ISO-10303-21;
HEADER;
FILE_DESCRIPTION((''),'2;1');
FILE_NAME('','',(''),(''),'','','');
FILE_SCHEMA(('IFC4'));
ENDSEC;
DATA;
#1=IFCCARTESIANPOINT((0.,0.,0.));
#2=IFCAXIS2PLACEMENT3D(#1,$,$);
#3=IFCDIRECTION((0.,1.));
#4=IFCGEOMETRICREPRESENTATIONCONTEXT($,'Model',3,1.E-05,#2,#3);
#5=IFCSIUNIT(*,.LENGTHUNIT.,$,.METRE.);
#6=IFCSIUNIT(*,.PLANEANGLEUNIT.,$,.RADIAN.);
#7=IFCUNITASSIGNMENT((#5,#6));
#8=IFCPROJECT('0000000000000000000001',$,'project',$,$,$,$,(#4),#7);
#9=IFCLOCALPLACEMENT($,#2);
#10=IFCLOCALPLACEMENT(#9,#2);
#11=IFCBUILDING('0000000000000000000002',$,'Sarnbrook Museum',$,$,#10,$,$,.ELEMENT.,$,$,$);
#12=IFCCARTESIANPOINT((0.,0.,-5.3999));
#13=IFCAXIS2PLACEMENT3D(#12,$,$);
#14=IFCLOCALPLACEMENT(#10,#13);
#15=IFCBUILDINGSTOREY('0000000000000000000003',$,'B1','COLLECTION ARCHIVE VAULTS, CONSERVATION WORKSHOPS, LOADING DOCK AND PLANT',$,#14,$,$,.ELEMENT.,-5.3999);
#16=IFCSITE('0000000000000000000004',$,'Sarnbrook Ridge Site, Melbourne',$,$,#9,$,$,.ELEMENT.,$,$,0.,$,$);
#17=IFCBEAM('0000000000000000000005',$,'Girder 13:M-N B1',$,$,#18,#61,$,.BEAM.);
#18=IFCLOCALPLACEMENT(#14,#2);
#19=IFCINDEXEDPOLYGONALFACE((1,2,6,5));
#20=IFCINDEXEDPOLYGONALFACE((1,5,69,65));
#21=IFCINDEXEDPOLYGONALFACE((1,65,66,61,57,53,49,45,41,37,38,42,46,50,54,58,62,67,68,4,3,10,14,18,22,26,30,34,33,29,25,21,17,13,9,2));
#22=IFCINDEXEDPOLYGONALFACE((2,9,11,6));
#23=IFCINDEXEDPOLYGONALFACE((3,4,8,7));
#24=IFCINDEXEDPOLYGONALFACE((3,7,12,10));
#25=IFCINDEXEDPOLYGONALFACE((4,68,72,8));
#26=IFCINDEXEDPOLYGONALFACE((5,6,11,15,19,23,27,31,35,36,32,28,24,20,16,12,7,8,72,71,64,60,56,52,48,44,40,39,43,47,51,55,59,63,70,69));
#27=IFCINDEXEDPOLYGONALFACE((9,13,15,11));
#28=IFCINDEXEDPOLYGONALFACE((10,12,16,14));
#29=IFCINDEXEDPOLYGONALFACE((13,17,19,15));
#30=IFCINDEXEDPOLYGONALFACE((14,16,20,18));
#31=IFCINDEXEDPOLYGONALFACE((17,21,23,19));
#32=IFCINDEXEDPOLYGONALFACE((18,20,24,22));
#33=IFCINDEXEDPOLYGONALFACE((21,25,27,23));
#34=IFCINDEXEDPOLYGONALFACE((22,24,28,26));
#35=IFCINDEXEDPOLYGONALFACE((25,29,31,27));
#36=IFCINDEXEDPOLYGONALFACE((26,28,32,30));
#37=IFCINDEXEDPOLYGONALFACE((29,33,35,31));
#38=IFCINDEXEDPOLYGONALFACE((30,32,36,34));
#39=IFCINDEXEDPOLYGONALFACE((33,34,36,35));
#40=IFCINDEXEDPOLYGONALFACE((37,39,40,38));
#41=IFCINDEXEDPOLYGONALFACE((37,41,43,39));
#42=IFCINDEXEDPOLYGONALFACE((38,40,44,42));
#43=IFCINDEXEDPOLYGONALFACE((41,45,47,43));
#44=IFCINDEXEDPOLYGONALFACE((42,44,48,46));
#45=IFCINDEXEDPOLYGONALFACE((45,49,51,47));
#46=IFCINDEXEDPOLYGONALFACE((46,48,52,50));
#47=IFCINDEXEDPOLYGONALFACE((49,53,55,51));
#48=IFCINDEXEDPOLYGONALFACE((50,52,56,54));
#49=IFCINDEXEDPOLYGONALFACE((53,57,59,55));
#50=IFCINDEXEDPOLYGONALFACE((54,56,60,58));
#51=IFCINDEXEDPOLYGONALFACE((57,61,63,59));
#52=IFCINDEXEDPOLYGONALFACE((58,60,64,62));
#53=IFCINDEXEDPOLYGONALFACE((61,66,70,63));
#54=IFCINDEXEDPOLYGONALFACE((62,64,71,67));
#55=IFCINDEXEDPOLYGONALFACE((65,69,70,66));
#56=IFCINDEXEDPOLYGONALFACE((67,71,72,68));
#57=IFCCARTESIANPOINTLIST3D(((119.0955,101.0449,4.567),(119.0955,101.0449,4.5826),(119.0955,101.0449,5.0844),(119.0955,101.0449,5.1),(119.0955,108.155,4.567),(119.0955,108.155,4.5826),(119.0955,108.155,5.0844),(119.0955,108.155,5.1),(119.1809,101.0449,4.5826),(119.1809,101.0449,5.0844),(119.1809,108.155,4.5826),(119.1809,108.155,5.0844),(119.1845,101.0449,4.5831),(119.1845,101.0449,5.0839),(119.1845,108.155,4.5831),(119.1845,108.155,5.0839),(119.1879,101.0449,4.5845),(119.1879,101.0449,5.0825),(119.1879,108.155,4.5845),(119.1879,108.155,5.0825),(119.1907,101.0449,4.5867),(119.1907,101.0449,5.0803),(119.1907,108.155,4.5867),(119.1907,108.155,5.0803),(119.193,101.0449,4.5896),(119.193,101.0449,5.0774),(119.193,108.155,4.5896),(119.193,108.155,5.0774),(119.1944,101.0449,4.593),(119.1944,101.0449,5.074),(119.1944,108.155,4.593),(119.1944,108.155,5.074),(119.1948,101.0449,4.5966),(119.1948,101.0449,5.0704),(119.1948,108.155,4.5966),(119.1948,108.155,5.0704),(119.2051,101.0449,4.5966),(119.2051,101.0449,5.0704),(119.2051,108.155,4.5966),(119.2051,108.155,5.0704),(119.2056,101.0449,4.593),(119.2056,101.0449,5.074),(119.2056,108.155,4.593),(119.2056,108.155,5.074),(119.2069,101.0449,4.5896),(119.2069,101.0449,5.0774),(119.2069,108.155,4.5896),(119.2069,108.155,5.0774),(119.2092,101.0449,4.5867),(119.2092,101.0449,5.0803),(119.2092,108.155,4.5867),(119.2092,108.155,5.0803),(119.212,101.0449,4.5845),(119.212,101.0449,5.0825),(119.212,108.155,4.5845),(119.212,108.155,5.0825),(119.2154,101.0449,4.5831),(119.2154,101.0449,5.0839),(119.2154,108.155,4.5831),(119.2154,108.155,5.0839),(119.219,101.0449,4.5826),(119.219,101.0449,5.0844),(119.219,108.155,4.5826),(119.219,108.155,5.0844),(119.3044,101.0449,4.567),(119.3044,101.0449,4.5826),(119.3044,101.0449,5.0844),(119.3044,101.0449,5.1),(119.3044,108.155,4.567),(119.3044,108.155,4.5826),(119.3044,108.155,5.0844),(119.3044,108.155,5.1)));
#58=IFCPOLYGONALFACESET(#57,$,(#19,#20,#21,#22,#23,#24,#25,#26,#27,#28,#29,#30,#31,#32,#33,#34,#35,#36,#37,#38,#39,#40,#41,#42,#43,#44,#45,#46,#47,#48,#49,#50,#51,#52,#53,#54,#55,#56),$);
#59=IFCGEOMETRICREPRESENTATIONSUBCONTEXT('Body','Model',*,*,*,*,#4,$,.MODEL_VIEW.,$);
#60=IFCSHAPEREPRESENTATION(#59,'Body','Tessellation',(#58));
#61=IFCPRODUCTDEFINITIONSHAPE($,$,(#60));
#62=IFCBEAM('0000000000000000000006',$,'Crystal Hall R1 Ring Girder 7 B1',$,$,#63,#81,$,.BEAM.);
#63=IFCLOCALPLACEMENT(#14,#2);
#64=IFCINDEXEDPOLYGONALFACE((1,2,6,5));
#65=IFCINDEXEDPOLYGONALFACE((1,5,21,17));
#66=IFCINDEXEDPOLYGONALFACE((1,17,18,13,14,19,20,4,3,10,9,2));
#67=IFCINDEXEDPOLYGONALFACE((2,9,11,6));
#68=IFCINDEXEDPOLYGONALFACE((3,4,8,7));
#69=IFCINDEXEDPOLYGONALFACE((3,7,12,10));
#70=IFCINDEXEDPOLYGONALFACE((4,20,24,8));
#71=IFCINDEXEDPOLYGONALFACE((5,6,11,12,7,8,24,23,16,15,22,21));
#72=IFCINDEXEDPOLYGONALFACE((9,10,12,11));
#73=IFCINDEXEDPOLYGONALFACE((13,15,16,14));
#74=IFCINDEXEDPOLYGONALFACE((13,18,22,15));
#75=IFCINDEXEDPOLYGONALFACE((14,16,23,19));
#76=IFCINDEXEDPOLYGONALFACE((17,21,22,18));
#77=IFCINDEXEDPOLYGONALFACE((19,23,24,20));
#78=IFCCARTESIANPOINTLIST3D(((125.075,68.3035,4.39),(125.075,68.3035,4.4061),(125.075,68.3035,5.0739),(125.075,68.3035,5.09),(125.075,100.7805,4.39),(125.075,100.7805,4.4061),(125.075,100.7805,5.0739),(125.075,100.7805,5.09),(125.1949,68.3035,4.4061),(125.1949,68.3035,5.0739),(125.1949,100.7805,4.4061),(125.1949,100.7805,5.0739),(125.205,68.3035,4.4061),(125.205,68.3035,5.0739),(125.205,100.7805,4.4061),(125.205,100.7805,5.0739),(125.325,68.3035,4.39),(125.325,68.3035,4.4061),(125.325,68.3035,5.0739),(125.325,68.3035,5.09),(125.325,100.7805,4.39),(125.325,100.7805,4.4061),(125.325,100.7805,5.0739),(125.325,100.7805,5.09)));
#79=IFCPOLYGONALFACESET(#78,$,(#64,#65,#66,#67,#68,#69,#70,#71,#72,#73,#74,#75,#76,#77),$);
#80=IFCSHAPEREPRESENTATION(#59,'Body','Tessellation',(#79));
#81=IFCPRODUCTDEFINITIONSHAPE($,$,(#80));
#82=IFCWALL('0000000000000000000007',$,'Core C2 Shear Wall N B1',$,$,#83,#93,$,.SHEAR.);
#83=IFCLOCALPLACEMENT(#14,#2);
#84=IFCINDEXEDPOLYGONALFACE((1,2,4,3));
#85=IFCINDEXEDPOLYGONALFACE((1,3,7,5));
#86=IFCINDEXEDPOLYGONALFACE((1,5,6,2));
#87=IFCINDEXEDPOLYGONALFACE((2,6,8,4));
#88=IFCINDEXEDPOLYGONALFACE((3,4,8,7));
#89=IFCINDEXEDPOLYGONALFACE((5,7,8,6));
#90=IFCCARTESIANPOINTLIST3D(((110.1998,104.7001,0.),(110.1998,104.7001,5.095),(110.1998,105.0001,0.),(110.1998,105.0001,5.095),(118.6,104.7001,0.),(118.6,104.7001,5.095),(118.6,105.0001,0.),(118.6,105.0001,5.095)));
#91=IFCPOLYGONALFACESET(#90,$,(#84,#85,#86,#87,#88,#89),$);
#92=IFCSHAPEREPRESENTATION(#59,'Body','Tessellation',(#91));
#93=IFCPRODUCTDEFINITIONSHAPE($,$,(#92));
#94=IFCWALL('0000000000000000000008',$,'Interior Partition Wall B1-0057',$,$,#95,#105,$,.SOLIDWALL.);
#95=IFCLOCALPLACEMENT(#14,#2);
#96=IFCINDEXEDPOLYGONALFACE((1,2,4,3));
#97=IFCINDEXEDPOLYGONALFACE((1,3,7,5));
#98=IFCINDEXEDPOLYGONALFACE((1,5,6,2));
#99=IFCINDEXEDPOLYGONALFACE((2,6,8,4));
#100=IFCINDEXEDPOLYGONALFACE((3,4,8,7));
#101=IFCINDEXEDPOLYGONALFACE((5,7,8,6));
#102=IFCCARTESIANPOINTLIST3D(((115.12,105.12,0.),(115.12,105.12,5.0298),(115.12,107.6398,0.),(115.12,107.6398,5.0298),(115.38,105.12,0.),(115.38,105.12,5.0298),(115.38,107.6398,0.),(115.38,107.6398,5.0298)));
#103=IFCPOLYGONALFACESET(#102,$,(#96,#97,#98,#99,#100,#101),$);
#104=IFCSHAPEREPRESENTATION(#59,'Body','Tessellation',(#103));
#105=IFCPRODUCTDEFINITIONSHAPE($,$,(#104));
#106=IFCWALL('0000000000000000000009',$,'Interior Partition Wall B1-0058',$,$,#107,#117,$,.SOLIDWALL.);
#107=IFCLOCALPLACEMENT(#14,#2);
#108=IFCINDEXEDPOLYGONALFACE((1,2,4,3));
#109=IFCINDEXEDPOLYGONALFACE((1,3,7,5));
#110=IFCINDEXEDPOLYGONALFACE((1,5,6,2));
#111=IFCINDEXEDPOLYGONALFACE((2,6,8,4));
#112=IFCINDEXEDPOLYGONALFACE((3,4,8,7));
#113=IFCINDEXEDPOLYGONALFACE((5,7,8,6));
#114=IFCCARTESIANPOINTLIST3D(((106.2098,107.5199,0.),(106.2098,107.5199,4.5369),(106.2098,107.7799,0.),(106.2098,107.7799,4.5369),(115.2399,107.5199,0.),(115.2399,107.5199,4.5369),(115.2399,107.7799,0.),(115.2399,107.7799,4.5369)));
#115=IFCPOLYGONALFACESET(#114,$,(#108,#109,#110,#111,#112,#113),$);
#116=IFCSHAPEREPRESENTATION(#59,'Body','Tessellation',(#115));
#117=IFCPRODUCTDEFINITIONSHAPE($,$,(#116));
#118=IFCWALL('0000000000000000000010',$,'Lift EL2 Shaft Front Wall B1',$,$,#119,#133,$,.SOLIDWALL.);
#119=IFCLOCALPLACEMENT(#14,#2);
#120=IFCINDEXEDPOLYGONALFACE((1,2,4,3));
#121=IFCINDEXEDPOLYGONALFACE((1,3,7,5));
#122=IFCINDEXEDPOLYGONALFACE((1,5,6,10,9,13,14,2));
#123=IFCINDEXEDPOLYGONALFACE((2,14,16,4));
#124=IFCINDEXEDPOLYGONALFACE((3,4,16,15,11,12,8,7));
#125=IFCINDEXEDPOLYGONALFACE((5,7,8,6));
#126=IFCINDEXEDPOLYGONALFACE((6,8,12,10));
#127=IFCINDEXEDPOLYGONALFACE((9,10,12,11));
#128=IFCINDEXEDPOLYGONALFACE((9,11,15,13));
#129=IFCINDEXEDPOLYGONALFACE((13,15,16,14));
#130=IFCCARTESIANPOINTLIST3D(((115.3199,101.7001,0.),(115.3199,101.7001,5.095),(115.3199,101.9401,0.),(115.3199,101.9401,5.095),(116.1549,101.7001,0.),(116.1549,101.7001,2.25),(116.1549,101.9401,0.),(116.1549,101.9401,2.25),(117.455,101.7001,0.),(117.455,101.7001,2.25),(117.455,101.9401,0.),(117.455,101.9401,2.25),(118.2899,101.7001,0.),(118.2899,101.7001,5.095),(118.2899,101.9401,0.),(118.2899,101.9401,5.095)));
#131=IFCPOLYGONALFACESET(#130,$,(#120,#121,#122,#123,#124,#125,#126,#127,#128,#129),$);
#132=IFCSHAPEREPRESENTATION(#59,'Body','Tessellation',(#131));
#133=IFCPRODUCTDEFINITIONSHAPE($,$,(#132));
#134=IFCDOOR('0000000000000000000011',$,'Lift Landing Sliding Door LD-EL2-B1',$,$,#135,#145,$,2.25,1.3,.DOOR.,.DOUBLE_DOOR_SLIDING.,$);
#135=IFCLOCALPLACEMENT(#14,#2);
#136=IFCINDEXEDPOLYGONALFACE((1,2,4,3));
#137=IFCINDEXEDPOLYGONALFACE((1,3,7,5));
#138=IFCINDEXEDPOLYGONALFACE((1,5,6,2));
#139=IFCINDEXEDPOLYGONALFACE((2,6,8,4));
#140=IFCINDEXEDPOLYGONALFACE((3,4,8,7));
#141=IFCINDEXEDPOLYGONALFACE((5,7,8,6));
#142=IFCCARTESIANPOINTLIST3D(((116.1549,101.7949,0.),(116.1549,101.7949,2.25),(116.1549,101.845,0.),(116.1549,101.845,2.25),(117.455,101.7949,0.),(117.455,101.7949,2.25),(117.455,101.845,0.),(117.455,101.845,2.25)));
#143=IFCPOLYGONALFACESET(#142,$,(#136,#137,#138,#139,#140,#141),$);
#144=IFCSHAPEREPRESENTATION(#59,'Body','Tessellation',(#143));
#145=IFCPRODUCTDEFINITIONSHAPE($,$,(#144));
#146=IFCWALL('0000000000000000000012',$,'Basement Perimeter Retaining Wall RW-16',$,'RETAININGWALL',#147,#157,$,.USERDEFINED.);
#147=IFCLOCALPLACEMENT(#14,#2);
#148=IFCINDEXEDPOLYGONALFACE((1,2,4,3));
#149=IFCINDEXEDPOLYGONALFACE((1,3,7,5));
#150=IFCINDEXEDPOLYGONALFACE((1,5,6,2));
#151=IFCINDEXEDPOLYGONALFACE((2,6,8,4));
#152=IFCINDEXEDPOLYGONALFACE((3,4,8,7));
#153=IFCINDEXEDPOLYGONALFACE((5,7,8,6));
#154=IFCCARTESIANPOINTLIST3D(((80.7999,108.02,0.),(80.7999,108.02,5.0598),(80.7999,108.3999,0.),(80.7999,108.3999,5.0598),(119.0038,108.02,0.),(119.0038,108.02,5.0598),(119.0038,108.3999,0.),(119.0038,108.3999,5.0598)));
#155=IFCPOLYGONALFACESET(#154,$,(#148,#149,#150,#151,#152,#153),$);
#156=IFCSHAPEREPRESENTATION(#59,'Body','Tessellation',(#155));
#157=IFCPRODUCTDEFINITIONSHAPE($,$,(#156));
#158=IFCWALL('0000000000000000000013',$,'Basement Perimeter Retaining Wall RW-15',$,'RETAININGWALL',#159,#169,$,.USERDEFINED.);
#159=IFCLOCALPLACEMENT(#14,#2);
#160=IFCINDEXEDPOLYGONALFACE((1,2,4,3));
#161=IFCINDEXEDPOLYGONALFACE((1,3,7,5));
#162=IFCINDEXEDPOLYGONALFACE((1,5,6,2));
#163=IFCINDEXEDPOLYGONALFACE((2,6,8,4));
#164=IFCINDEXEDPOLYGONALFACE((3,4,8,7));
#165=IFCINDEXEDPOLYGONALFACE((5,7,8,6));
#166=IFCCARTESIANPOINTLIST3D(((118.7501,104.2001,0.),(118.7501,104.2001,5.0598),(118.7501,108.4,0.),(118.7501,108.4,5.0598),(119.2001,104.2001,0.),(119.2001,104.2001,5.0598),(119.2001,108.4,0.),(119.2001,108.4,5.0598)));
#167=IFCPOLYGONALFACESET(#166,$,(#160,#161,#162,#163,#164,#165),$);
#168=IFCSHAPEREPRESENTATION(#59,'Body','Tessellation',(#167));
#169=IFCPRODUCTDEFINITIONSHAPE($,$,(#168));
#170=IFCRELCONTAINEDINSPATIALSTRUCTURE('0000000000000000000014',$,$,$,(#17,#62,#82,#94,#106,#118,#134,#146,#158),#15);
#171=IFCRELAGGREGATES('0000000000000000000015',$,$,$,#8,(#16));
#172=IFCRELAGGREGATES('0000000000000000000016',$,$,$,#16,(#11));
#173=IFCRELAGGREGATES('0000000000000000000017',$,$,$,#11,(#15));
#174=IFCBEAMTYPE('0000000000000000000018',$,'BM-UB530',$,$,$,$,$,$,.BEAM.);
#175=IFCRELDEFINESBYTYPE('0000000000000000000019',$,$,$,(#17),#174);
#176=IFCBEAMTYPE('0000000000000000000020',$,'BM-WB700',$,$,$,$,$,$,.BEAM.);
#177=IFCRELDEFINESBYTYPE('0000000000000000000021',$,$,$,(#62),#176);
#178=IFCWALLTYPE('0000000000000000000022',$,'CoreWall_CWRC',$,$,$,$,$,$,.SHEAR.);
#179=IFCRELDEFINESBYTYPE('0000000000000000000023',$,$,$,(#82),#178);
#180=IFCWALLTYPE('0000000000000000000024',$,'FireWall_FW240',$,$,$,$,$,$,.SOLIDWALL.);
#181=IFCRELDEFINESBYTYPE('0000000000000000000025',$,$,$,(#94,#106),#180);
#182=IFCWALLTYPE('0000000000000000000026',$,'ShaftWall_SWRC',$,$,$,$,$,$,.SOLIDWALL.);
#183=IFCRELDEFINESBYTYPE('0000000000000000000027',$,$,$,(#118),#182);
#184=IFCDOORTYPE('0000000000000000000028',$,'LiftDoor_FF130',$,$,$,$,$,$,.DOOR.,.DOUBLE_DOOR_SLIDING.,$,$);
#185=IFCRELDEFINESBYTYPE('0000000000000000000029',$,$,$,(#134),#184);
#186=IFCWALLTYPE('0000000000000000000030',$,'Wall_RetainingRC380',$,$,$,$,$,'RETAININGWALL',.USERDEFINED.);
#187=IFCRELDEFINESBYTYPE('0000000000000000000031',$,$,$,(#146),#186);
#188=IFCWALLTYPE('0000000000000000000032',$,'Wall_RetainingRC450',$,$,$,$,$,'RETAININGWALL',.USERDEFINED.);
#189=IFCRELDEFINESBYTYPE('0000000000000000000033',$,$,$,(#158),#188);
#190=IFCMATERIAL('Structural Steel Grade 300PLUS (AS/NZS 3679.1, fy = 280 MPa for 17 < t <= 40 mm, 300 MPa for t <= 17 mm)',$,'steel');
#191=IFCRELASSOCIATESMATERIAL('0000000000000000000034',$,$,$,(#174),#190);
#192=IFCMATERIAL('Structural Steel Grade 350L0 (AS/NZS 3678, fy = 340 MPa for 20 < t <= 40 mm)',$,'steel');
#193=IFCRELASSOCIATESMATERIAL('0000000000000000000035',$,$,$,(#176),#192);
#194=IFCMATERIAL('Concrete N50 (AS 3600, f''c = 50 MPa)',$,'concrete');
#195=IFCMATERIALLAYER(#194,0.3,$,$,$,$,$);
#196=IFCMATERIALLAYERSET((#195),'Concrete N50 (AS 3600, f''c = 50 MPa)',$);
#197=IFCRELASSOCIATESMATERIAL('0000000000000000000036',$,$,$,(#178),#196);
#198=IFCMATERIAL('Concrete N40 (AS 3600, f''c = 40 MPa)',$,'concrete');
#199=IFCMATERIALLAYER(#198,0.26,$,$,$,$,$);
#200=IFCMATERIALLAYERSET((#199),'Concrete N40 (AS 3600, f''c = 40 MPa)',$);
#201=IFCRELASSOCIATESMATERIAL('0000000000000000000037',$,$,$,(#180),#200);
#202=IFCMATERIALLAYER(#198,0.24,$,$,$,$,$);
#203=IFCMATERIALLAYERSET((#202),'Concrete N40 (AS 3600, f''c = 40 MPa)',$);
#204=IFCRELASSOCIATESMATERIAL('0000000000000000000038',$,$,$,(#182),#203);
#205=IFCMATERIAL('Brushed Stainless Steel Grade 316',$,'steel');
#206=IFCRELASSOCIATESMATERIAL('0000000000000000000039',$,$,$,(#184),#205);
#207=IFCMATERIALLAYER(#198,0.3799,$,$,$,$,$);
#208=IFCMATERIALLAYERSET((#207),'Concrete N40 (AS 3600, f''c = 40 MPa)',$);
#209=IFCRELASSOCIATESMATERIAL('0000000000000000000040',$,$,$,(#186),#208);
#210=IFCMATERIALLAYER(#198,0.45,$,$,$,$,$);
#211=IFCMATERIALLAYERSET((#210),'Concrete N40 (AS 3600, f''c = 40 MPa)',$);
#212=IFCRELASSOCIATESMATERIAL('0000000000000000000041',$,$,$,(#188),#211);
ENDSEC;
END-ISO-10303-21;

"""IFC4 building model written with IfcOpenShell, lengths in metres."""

from ifc_helpers import new_model, si_unit, direction, frame, frame_2d, origin, origin_2d, place, context, subcontext, project, spatial, rectangle, i_section, extrude, material, layer, layer_set, material_profile, profile_set, type_object, element, fill, save


model = new_model("IFC4")

# Units and contexts
model_context = context("Model", 3, precision=1e-05, world=origin(), true_north=direction((0.0, 1.0)))
body_context = subcontext(model_context, "Body", "Model", "MODEL_VIEW")
ifc_project = project(units=[si_unit("LENGTHUNIT", "METRE"), si_unit("PLANEANGLEUNIT", "RADIAN")], contexts=[model_context])

# Site, building, storey
site_placement = place(None, origin())
site = spatial("IfcSite", under=ifc_project, at=site_placement, Name="Sarnbrook Ridge Site, Melbourne", CompositionType="ELEMENT", RefElevation=0.0)
building_placement = place(site_placement, origin())
building = spatial("IfcBuilding", under=site, at=building_placement, Name="Sarnbrook Museum", CompositionType="ELEMENT")
storey_placement = place(building_placement, frame((0.0, 0.0, -5.3999)))
storey = spatial("IfcBuildingStorey", under=building, at=storey_placement, Name="B1", Description="COLLECTION ARCHIVE VAULTS, CONSERVATION WORKSHOPS, LOADING DOCK AND PLANT", CompositionType="ELEMENT", Elevation=-5.3999)

# Shared definitions
ifc_material_1 = material(Name="Concrete N50 (AS 3600, f'c = 50 MPa)", Category="concrete")

# Shared definitions
ifc_material_2 = material(Name="Concrete N40 (AS 3600, f'c = 40 MPa)", Category="concrete")

# Shared definitions
ifc_material_3 = material(Name="Structural Steel Grade 350L0 (AS/NZS 3678, fy = 340 MPa for 20 < t <= 40 mm)", Category="steel")

# Beams
ifc_material_4 = material(Name="Structural Steel Grade 300PLUS (AS/NZS 3679.1, fy = 280 MPa for 17 < t <= 40 mm, 300 MPa for t <= 17 mm)", Category="steel")
ifc_material_profile_1 = material_profile(ifc_material_4, i_section(OverallWidth=0.209, OverallDepth=0.533, WebThickness=0.0103, FlangeThickness=0.0156, FilletRadius=0.0139, at=origin_2d()), Name="530UB92.4")
ifc_profile_set_1 = profile_set([ifc_material_profile_1], Name="Structural Steel Grade 300PLUS (AS/NZS 3679.1, fy = 280 MPa for 17 < t <= 40 mm, 300 MPa for t <= 17 mm)")
beam_type_1 = type_object("IfcBeamType", Name="BM-UB530", PredefinedType="BEAM", material=ifc_profile_set_1)
beam_1_placement = place(storey_placement, frame((119.2, 101.0449, 4.8335), z_axis=(0.0, 1.0, 0.0), x_axis=(-1.0, 0.0, 0.0)))
element("IfcBeam", 1, at=beam_1_placement, inside=storey, type_object=beam_type_1, Name="Girder 13:M-N B1", PredefinedType="BEAM", context=body_context, shape_type="SweptSolid", body=[
    extrude(i_section(OverallWidth=0.209, OverallDepth=0.533, WebThickness=0.0103, FlangeThickness=0.0156, FilletRadius=0.0139, at=origin_2d()), origin(), (0.0, 0.0, 1.0), 7.1101),
])
ifc_material_profile_2 = material_profile(ifc_material_3, i_section(OverallWidth=0.25, OverallDepth=0.7, WebThickness=0.01, FlangeThickness=0.0161, at=origin_2d()), Name="700WB130")
ifc_profile_set_2 = profile_set([ifc_material_profile_2], Name="Structural Steel Grade 350L0 (AS/NZS 3678, fy = 340 MPa for 20 < t <= 40 mm)")
beam_type_2 = type_object("IfcBeamType", Name="BM-WB700", PredefinedType="BEAM", material=ifc_profile_set_2)
beam_2_placement = place(storey_placement, frame((125.2, 100.7805, 4.74), z_axis=(0.0, -1.0, 0.0), x_axis=(1.0, 0.0, 0.0)))
element("IfcBeam", 2, at=beam_2_placement, inside=storey, type_object=beam_type_2, Name="Crystal Hall R1 Ring Girder 7 B1", PredefinedType="BEAM", context=body_context, shape_type="SweptSolid", body=[
    extrude(i_section(OverallWidth=0.25, OverallDepth=0.7, WebThickness=0.01, FlangeThickness=0.0161, at=origin_2d()), origin(), (0.0, 0.0, 1.0), 32.4771),
])

# Walls
ifc_layer_1 = layer(ifc_material_1, 0.3)
ifc_layer_set_1 = layer_set([ifc_layer_1], Name="Concrete N50 (AS 3600, f'c = 50 MPa)")
wall_type_1 = type_object("IfcWallType", Name="CoreWall_CWRC", PredefinedType="SHEAR", material=ifc_layer_set_1)
wall_1_placement = place(storey_placement, frame((118.6001, 104.8501, 0.0), z_axis=(0.0, 0.0, 1.0), x_axis=(-1.0, 0.0, 0.0)))
element("IfcWall", 3, at=wall_1_placement, inside=storey, type_object=wall_type_1, Name="Core C2 Shear Wall N B1", PredefinedType="SHEAR", context=body_context, shape_type="SweptSolid", body=[
    extrude(rectangle(XDim=8.4001, YDim=0.3, at=frame_2d((4.2002, 0.0))), origin(), (0.0, 0.0, 1.0), 5.095),
])
ifc_layer_2 = layer(ifc_material_2, 0.26)
ifc_layer_set_2 = layer_set([ifc_layer_2], Name="Concrete N40 (AS 3600, f'c = 40 MPa)")
wall_type_2 = type_object("IfcWallType", Name="FireWall_FW240", PredefinedType="SOLIDWALL", material=ifc_layer_set_2)
wall_2_placement = place(storey_placement, frame((115.25, 105.1201, 0.0), z_axis=(0.0, 0.0, 1.0), x_axis=(0.0, 1.0, 0.0)))
element("IfcWall", 4, at=wall_2_placement, inside=storey, type_object=wall_type_2, Name="Interior Partition Wall B1-0057", PredefinedType="SOLIDWALL", context=body_context, shape_type="SweptSolid", body=[
    extrude(rectangle(XDim=2.5198, YDim=0.26, at=frame_2d((1.2598, 0.0))), origin(), (0.0, 0.0, 1.0), 5.0298),
])
wall_3_placement = place(storey_placement, frame((115.24, 107.6499, 0.0), z_axis=(0.0, 0.0, 1.0), x_axis=(-1.0, 0.0, 0.0)))
element("IfcWall", 5, at=wall_3_placement, inside=storey, type_object=wall_type_2, Name="Interior Partition Wall B1-0058", PredefinedType="SOLIDWALL", context=body_context, shape_type="SweptSolid", body=[
    extrude(rectangle(XDim=9.03, YDim=0.26, at=frame_2d((4.5151, 0.0))), origin(), (0.0, 0.0, 1.0), 4.5369),
])

# Wall, opening, door
ifc_layer_3 = layer(ifc_material_2, 0.24)
ifc_layer_set_3 = layer_set([ifc_layer_3], Name="Concrete N40 (AS 3600, f'c = 40 MPa)")
wall_type_3 = type_object("IfcWallType", Name="ShaftWall_SWRC", PredefinedType="SOLIDWALL", material=ifc_layer_set_3)
wall_4_placement = place(storey_placement, frame((115.3201, 101.8201, 0.0), z_axis=(0.0, 0.0, 1.0), x_axis=(1.0, 0.0, 0.0)))
wall_4 = element("IfcWall", 6, at=wall_4_placement, inside=storey, type_object=wall_type_3, Name="Lift EL2 Shaft Front Wall B1", PredefinedType="SOLIDWALL", context=body_context, shape_type="SweptSolid", body=[
    extrude(rectangle(XDim=2.97, YDim=0.24, at=frame_2d((1.4849, 0.0))), origin(), (0.0, 0.0, 1.0), 5.095),
])
opening_placement = place(wall_4_placement, frame((0.835, 0.0, 0.0)))
opening = element("IfcOpeningElement", 7, at=opening_placement, cuts=wall_4, PredefinedType="OPENING", context=body_context, shape_type="SweptSolid", body=[
    extrude(rectangle(XDim=1.3, YDim=2.25, at=frame_2d((0.6499, 1.125))), frame((0.0, 0.1299, 0.0), z_axis=(0.0, -1.0, 0.0), x_axis=(1.0, 0.0, 0.0)), (0.0, 0.0, 1.0), 0.26),
])
ifc_material_5 = material(Name="Brushed Stainless Steel Grade 316", Category="steel")
door_type = type_object("IfcDoorType", Name="LiftDoor_FF130", OperationType="DOUBLE_DOOR_SLIDING", PredefinedType="DOOR", material=ifc_material_5)
door_placement = place(opening_placement, origin())
door = element("IfcDoor", 8, at=door_placement, inside=storey, type_object=door_type, Name="Lift Landing Sliding Door LD-EL2-B1", OperationType="DOUBLE_DOOR_SLIDING", OverallHeight=2.25, OverallWidth=1.3, PredefinedType="DOOR", context=body_context, shape_type="SweptSolid", body=[
    extrude(rectangle(XDim=1.3, YDim=2.25, at=frame_2d((0.6499, 1.125))), frame((0.0, 0.0249, 0.0), z_axis=(0.0, -1.0, 0.0), x_axis=(1.0, 0.0, 0.0)), (0.0, 0.0, 1.0), 0.05),
])
fill(opening, door)

# Walls
ifc_layer_4 = layer(ifc_material_2, 0.3799)
ifc_layer_set_4 = layer_set([ifc_layer_4], Name="Concrete N40 (AS 3600, f'c = 40 MPa)")
wall_type_4 = type_object("IfcWallType", Name="Wall_RetainingRC380", ElementType="RETAININGWALL", PredefinedType="USERDEFINED", material=ifc_layer_set_4)
wall_5_placement = place(storey_placement, frame((119.0039, 108.21, 0.0), z_axis=(0.0, 0.0, 1.0), x_axis=(-1.0, 0.0, 0.0)))
element("IfcWall", 9, at=wall_5_placement, inside=storey, type_object=wall_type_4, Name="Basement Perimeter Retaining Wall RW-16", ObjectType="RETAININGWALL", PredefinedType="USERDEFINED", context=body_context, shape_type="SweptSolid", body=[
    extrude(rectangle(XDim=38.2039, YDim=0.3799, at=frame_2d((19.1021, 0.0))), origin(), (0.0, 0.0, 1.0), 5.0598),
])
ifc_layer_5 = layer(ifc_material_2, 0.45)
ifc_layer_set_5 = layer_set([ifc_layer_5], Name="Concrete N40 (AS 3600, f'c = 40 MPa)")
wall_type_5 = type_object("IfcWallType", Name="Wall_RetainingRC450", ElementType="RETAININGWALL", PredefinedType="USERDEFINED", material=ifc_layer_set_5)
wall_6_placement = place(storey_placement, frame((118.9751, 104.2, 0.0), z_axis=(0.0, 0.0, 1.0), x_axis=(0.0, 1.0, 0.0)))
element("IfcWall", 10, at=wall_6_placement, inside=storey, type_object=wall_type_5, Name="Basement Perimeter Retaining Wall RW-15", ObjectType="RETAININGWALL", PredefinedType="USERDEFINED", context=body_context, shape_type="SweptSolid", body=[
    extrude(rectangle(XDim=4.2, YDim=0.45, at=frame_2d((2.1001, 0.0))), origin(), (0.0, 0.0, 1.0), 5.0598),
])

save(model, "model.ifc")
